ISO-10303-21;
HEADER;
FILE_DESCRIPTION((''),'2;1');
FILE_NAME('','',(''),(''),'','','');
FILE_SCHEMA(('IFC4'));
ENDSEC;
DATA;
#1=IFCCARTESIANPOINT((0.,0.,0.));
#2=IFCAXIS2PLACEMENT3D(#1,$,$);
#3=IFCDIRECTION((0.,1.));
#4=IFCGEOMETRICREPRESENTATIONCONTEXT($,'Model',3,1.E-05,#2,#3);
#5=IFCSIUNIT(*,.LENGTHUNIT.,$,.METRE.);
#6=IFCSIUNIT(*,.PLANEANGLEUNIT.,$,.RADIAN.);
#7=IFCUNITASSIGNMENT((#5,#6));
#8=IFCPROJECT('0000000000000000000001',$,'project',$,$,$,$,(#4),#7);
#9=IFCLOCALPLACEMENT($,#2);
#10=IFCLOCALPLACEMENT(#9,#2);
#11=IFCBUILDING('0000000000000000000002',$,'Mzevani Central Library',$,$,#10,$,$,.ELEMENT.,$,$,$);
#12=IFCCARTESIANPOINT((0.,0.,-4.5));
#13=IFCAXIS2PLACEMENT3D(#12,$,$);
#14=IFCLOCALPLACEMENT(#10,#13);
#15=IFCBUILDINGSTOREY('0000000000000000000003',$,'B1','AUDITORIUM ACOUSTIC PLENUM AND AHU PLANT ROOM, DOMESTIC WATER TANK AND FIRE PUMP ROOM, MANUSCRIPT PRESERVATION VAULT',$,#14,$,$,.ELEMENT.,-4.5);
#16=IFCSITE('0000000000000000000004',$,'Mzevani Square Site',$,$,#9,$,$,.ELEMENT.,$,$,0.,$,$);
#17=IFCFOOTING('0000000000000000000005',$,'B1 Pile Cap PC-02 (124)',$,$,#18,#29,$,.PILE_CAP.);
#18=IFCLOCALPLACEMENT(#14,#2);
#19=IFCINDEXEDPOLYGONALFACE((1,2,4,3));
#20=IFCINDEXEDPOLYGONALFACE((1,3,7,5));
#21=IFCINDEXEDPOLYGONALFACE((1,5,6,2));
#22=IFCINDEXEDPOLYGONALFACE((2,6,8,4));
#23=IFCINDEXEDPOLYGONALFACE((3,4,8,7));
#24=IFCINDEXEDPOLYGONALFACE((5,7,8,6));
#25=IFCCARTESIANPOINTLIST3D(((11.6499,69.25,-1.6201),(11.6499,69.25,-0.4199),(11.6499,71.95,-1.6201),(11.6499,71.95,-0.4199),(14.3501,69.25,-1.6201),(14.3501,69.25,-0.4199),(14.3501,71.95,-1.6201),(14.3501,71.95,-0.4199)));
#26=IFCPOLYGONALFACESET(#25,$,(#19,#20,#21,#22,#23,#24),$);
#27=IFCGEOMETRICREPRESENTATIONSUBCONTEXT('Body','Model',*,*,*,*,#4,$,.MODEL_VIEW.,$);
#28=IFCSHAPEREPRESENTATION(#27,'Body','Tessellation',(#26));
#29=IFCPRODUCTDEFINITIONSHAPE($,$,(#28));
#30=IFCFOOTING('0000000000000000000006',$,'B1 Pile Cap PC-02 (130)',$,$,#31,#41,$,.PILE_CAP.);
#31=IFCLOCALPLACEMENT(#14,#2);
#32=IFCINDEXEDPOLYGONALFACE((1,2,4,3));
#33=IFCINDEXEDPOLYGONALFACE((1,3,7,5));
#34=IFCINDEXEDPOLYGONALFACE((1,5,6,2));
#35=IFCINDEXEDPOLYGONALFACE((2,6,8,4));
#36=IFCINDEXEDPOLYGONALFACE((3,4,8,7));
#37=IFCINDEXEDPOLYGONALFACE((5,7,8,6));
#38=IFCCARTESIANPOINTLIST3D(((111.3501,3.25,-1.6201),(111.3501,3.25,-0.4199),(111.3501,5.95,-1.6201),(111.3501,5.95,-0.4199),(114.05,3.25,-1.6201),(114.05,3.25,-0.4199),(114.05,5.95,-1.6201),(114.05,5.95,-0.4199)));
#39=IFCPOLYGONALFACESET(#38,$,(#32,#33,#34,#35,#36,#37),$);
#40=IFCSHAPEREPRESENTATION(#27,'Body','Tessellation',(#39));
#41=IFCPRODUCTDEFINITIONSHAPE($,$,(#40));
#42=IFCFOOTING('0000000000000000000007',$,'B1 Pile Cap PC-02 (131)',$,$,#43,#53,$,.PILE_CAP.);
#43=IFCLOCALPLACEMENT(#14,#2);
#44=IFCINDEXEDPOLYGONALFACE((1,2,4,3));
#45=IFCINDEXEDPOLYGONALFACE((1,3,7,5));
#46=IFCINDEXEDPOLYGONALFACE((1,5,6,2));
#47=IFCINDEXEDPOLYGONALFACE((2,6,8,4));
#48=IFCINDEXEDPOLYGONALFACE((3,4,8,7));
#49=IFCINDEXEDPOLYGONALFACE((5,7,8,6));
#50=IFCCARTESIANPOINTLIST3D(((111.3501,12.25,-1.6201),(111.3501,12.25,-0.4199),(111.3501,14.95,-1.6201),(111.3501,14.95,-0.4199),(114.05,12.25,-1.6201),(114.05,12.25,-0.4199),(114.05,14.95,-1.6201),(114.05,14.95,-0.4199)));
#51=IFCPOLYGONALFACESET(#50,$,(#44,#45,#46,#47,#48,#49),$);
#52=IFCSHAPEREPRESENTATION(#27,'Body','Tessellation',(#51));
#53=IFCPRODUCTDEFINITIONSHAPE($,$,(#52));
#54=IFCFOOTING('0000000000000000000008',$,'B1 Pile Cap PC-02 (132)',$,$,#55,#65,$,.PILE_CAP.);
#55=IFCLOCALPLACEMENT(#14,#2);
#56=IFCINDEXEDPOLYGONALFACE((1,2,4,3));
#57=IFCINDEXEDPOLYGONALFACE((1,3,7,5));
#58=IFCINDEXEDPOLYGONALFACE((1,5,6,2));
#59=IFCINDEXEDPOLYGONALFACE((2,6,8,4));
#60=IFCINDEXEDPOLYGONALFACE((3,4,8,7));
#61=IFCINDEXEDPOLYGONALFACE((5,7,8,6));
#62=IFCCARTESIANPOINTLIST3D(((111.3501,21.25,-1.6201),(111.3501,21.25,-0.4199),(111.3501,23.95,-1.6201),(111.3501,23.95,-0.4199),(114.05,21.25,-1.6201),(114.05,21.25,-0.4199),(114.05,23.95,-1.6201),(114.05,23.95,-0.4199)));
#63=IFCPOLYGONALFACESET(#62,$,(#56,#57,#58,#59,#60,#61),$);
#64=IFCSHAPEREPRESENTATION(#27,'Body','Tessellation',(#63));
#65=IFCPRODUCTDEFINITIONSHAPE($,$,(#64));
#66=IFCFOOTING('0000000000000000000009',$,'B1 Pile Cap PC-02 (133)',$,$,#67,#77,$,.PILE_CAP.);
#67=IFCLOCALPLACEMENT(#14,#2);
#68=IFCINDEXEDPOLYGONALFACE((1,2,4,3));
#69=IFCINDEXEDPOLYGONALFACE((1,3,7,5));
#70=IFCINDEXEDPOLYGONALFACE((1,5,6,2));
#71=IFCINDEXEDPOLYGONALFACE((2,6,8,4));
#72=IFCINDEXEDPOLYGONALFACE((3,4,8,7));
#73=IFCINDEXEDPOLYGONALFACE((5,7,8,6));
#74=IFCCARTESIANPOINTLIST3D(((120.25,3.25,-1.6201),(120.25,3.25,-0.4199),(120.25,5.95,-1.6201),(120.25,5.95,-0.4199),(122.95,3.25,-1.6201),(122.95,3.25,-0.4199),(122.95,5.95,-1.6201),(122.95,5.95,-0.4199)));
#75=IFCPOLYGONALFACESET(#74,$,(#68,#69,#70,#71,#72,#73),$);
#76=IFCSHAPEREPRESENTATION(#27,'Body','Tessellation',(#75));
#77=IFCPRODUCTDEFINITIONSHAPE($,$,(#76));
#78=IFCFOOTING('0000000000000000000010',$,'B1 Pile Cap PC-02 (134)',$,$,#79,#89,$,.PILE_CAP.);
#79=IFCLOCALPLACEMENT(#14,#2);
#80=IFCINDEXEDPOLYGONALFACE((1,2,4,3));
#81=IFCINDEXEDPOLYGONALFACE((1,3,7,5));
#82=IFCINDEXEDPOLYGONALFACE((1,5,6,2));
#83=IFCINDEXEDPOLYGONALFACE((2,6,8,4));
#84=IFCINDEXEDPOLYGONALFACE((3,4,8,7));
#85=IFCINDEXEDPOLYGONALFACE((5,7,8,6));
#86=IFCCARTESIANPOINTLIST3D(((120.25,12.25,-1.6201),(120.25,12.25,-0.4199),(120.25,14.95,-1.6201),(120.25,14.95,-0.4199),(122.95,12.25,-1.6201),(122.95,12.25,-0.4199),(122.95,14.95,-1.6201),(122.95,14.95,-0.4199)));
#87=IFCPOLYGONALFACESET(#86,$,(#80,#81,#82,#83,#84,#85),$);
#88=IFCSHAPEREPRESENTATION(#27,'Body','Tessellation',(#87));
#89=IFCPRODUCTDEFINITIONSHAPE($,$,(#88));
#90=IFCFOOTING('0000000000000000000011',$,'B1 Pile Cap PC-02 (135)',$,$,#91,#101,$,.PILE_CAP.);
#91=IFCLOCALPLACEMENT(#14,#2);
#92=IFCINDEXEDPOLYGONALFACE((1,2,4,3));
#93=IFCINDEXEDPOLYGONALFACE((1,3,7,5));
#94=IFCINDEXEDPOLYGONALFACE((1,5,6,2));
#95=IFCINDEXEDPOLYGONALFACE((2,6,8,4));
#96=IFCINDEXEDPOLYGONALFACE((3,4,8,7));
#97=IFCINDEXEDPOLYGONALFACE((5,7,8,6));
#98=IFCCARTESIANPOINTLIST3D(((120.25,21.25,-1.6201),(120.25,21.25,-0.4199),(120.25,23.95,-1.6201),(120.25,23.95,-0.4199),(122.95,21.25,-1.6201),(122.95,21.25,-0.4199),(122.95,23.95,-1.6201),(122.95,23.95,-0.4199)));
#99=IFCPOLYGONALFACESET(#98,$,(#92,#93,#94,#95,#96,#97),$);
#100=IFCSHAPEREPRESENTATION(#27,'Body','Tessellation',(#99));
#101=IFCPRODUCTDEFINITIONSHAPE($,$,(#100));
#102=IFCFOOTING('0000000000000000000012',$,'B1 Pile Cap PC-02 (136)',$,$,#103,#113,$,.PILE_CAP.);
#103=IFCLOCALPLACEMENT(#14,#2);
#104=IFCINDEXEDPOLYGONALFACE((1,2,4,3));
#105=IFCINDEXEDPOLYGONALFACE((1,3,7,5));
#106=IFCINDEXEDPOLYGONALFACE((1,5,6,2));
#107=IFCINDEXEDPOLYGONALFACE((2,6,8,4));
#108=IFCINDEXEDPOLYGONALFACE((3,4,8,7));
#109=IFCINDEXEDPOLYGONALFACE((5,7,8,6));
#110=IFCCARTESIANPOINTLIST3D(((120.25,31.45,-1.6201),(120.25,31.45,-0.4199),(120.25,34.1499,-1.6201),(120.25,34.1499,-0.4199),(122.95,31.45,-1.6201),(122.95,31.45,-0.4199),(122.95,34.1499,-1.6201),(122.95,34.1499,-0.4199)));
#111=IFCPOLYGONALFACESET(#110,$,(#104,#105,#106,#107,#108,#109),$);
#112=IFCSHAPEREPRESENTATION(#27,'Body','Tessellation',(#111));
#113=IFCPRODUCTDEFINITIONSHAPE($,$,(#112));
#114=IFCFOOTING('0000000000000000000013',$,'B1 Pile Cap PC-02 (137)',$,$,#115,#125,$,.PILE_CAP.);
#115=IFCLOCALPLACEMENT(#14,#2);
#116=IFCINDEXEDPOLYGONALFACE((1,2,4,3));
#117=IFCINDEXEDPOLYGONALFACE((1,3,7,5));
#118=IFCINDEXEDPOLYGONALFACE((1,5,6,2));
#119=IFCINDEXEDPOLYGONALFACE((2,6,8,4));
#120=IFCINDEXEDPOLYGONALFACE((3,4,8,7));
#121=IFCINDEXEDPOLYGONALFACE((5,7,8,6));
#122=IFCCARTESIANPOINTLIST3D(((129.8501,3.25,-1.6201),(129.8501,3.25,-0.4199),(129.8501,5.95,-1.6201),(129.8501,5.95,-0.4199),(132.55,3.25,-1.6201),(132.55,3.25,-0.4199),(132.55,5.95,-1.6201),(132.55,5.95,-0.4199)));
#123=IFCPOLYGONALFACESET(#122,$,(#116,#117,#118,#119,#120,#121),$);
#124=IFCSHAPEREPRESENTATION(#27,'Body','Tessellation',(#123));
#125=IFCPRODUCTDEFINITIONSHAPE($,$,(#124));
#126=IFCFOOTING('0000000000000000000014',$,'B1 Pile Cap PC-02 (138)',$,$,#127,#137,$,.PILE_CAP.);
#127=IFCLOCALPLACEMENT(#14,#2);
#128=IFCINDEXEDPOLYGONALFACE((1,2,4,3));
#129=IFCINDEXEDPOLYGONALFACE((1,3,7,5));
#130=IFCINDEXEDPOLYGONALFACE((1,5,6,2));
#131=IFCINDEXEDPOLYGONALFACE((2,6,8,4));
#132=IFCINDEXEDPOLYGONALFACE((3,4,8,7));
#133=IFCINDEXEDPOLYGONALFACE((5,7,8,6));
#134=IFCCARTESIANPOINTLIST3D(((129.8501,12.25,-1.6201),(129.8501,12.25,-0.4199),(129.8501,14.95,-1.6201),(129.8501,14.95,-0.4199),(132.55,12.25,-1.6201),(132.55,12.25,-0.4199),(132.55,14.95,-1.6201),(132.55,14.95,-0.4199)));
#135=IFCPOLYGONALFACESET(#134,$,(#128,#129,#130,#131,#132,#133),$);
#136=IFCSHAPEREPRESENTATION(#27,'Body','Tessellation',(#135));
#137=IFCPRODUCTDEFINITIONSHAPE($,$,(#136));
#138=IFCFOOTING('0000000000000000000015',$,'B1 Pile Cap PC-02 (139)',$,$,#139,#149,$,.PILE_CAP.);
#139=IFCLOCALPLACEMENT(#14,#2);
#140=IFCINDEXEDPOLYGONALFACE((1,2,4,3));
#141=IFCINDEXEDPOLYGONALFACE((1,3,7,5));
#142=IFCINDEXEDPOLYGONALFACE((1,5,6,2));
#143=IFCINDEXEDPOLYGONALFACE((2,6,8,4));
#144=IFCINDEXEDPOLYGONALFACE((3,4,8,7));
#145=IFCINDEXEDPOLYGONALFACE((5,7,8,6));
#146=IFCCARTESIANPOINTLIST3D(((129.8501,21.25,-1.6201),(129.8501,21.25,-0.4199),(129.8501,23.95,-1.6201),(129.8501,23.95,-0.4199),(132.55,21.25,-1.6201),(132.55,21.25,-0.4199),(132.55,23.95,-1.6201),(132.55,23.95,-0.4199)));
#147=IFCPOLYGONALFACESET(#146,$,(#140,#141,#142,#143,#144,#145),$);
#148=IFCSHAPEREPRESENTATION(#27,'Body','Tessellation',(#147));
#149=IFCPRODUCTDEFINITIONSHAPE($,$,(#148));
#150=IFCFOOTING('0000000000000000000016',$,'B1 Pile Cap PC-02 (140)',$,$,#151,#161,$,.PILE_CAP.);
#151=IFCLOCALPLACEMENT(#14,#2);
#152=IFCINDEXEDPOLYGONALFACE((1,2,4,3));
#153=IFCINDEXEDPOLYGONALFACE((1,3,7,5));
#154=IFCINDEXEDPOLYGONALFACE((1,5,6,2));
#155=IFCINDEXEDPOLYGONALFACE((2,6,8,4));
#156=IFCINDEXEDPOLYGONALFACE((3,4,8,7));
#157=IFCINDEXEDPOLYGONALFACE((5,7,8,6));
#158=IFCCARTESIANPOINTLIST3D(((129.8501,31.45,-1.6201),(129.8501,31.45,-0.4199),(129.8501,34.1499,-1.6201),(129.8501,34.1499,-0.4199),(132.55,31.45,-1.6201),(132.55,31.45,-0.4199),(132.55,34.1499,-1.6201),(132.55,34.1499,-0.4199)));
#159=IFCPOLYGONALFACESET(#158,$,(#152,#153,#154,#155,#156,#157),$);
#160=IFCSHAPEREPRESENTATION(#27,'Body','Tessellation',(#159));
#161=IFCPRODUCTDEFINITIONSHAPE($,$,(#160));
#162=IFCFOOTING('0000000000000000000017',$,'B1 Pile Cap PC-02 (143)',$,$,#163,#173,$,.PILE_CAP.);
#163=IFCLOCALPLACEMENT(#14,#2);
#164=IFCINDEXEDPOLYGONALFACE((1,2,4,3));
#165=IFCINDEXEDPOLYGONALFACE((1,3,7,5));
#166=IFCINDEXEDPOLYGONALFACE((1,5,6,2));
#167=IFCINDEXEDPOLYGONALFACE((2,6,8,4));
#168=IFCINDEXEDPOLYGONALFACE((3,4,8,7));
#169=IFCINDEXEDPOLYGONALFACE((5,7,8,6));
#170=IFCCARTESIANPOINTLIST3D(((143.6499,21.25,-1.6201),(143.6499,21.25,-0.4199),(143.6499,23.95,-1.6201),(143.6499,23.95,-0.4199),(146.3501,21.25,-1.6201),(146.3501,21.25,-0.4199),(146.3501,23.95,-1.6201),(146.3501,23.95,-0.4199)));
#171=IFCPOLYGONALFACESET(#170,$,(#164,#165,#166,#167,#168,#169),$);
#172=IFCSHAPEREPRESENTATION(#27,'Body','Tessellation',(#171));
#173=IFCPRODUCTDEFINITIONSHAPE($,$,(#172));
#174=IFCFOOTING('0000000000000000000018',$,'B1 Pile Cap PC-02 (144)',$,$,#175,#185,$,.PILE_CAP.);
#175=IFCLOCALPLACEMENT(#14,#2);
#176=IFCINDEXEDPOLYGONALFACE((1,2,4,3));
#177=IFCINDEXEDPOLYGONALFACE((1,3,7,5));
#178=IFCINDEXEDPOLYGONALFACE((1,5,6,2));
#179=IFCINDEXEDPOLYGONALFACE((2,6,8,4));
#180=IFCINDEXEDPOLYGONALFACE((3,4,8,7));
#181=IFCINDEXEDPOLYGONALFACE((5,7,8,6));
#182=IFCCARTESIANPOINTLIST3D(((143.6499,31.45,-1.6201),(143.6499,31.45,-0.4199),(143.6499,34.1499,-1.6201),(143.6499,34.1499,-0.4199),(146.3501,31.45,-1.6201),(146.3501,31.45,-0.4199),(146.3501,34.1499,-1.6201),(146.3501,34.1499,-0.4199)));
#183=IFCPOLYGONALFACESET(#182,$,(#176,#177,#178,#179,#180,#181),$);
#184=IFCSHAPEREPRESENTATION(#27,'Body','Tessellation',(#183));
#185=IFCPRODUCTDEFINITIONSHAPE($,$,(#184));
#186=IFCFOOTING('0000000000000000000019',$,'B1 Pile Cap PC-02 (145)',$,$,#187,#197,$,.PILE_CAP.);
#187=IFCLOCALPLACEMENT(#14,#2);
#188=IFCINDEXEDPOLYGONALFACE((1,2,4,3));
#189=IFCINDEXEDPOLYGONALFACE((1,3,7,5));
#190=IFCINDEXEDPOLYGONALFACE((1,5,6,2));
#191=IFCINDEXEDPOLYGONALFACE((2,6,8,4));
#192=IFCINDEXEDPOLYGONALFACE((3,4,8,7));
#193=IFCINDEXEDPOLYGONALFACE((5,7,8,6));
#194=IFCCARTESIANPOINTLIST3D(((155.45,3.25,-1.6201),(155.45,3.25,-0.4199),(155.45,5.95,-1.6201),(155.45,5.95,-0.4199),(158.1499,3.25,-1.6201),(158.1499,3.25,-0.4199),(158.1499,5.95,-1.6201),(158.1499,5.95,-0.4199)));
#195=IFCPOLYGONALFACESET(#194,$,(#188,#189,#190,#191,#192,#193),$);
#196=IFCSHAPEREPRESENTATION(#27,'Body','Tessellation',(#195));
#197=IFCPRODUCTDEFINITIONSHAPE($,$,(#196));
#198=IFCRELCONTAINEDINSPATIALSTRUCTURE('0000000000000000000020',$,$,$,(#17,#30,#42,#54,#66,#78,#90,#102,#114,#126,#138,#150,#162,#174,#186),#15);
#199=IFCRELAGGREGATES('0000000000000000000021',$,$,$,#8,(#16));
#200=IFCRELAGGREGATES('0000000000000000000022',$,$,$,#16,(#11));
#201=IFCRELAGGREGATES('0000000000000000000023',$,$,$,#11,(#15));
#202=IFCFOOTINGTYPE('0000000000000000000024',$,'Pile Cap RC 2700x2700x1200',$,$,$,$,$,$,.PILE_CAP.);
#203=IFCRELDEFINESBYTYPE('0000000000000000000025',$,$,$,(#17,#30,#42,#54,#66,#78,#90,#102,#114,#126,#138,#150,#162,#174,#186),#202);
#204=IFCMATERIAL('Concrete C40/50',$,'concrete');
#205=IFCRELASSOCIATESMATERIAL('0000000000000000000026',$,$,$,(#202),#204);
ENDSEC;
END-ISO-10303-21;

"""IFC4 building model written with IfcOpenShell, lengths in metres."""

from ifc_helpers import new_model, si_unit, direction, frame, origin, place, context, subcontext, project, spatial, polyline, outline, extrude, material, type_object, element, save


model = new_model("IFC4")

# Units and contexts
model_context = context("Model", 3, precision=1e-05, world=origin(), true_north=direction((0.0, 1.0)))
body_context = subcontext(model_context, "Body", "Model", "MODEL_VIEW")
ifc_project = project(units=[si_unit("LENGTHUNIT", "METRE"), si_unit("PLANEANGLEUNIT", "RADIAN")], contexts=[model_context])

# Site, building, storey
site_placement = place(None, origin())
site = spatial("IfcSite", under=ifc_project, at=site_placement, Name="Mzevani Square Site", CompositionType="ELEMENT", RefElevation=0.0)
building_placement = place(site_placement, origin())
building = spatial("IfcBuilding", under=site, at=building_placement, Name="Mzevani Central Library", CompositionType="ELEMENT")
storey_placement = place(building_placement, frame((0.0, 0.0, -4.5)))
storey = spatial("IfcBuildingStorey", under=building, at=storey_placement, Name="B1", Description="AUDITORIUM ACOUSTIC PLENUM AND AHU PLANT ROOM, DOMESTIC WATER TANK AND FIRE PUMP ROOM, MANUSCRIPT PRESERVATION VAULT", CompositionType="ELEMENT", Elevation=-4.5)

# Footings
ifc_material = material(Name="Concrete C40/50", Category="concrete")
footing_type = type_object("IfcFootingType", Name="Pile Cap RC 2700x2700x1200", PredefinedType="PILE_CAP", material=ifc_material)
footing_1_placement = place(storey_placement, frame((0.0, 0.0, -1.6201)))
element("IfcFooting", 1, at=footing_1_placement, inside=storey, type_object=footing_type, Name="B1 Pile Cap PC-02 (124)", PredefinedType="PILE_CAP", context=body_context, shape_type="SweptSolid", body=[
    extrude(outline(polyline([(11.6499, 69.25), (14.3501, 69.25), (14.3501, 71.95), (11.6499, 71.95), (11.6499, 69.25)])), origin(), (0.0, 0.0, 1.0), 1.2002),
])
footing_2_placement = place(storey_placement, frame((0.0, 0.0, -1.6201)))
element("IfcFooting", 2, at=footing_2_placement, inside=storey, type_object=footing_type, Name="B1 Pile Cap PC-02 (130)", PredefinedType="PILE_CAP", context=body_context, shape_type="SweptSolid", body=[
    extrude(outline(polyline([(111.3501, 3.25), (114.05, 3.25), (114.05, 5.95), (111.3501, 5.95), (111.3501, 3.25)])), origin(), (0.0, 0.0, 1.0), 1.2002),
])
footing_3_placement = place(storey_placement, frame((0.0, 0.0, -1.6201)))
element("IfcFooting", 3, at=footing_3_placement, inside=storey, type_object=footing_type, Name="B1 Pile Cap PC-02 (131)", PredefinedType="PILE_CAP", context=body_context, shape_type="SweptSolid", body=[
    extrude(outline(polyline([(111.3501, 12.25), (114.05, 12.25), (114.05, 14.95), (111.3501, 14.95), (111.3501, 12.25)])), origin(), (0.0, 0.0, 1.0), 1.2002),
])
footing_4_placement = place(storey_placement, frame((0.0, 0.0, -1.6201)))
element("IfcFooting", 4, at=footing_4_placement, inside=storey, type_object=footing_type, Name="B1 Pile Cap PC-02 (132)", PredefinedType="PILE_CAP", context=body_context, shape_type="SweptSolid", body=[
    extrude(outline(polyline([(111.3501, 21.25), (114.05, 21.25), (114.05, 23.95), (111.3501, 23.95), (111.3501, 21.25)])), origin(), (0.0, 0.0, 1.0), 1.2002),
])
footing_5_placement = place(storey_placement, frame((0.0, 0.0, -1.6201)))
element("IfcFooting", 5, at=footing_5_placement, inside=storey, type_object=footing_type, Name="B1 Pile Cap PC-02 (133)", PredefinedType="PILE_CAP", context=body_context, shape_type="SweptSolid", body=[
    extrude(outline(polyline([(120.25, 3.25), (122.95, 3.25), (122.95, 5.95), (120.25, 5.95), (120.25, 3.25)])), origin(), (0.0, 0.0, 1.0), 1.2002),
])
footing_6_placement = place(storey_placement, frame((0.0, 0.0, -1.6201)))
element("IfcFooting", 6, at=footing_6_placement, inside=storey, type_object=footing_type, Name="B1 Pile Cap PC-02 (134)", PredefinedType="PILE_CAP", context=body_context, shape_type="SweptSolid", body=[
    extrude(outline(polyline([(120.25, 12.25), (122.95, 12.25), (122.95, 14.95), (120.25, 14.95), (120.25, 12.25)])), origin(), (0.0, 0.0, 1.0), 1.2002),
])
footing_7_placement = place(storey_placement, frame((0.0, 0.0, -1.6201)))
element("IfcFooting", 7, at=footing_7_placement, inside=storey, type_object=footing_type, Name="B1 Pile Cap PC-02 (135)", PredefinedType="PILE_CAP", context=body_context, shape_type="SweptSolid", body=[
    extrude(outline(polyline([(120.25, 21.25), (122.95, 21.25), (122.95, 23.95), (120.25, 23.95), (120.25, 21.25)])), origin(), (0.0, 0.0, 1.0), 1.2002),
])
footing_8_placement = place(storey_placement, frame((0.0, 0.0, -1.6201)))
element("IfcFooting", 8, at=footing_8_placement, inside=storey, type_object=footing_type, Name="B1 Pile Cap PC-02 (136)", PredefinedType="PILE_CAP", context=body_context, shape_type="SweptSolid", body=[
    extrude(outline(polyline([(120.25, 31.45), (122.95, 31.45), (122.95, 34.1499), (120.25, 34.1499), (120.25, 31.45)])), origin(), (0.0, 0.0, 1.0), 1.2002),
])
footing_9_placement = place(storey_placement, frame((0.0, 0.0, -1.6201)))
element("IfcFooting", 9, at=footing_9_placement, inside=storey, type_object=footing_type, Name="B1 Pile Cap PC-02 (137)", PredefinedType="PILE_CAP", context=body_context, shape_type="SweptSolid", body=[
    extrude(outline(polyline([(129.8501, 3.25), (132.55, 3.25), (132.55, 5.95), (129.8501, 5.95), (129.8501, 3.25)])), origin(), (0.0, 0.0, 1.0), 1.2002),
])
footing_10_placement = place(storey_placement, frame((0.0, 0.0, -1.6201)))
element("IfcFooting", 10, at=footing_10_placement, inside=storey, type_object=footing_type, Name="B1 Pile Cap PC-02 (138)", PredefinedType="PILE_CAP", context=body_context, shape_type="SweptSolid", body=[
    extrude(outline(polyline([(129.8501, 12.25), (132.55, 12.25), (132.55, 14.95), (129.8501, 14.95), (129.8501, 12.25)])), origin(), (0.0, 0.0, 1.0), 1.2002),
])
footing_11_placement = place(storey_placement, frame((0.0, 0.0, -1.6201)))
element("IfcFooting", 11, at=footing_11_placement, inside=storey, type_object=footing_type, Name="B1 Pile Cap PC-02 (139)", PredefinedType="PILE_CAP", context=body_context, shape_type="SweptSolid", body=[
    extrude(outline(polyline([(129.8501, 21.25), (132.55, 21.25), (132.55, 23.95), (129.8501, 23.95), (129.8501, 21.25)])), origin(), (0.0, 0.0, 1.0), 1.2002),
])
footing_12_placement = place(storey_placement, frame((0.0, 0.0, -1.6201)))
element("IfcFooting", 12, at=footing_12_placement, inside=storey, type_object=footing_type, Name="B1 Pile Cap PC-02 (140)", PredefinedType="PILE_CAP", context=body_context, shape_type="SweptSolid", body=[
    extrude(outline(polyline([(129.8501, 31.45), (132.55, 31.45), (132.55, 34.1499), (129.8501, 34.1499), (129.8501, 31.45)])), origin(), (0.0, 0.0, 1.0), 1.2002),
])
footing_13_placement = place(storey_placement, frame((0.0, 0.0, -1.6201)))
element("IfcFooting", 13, at=footing_13_placement, inside=storey, type_object=footing_type, Name="B1 Pile Cap PC-02 (143)", PredefinedType="PILE_CAP", context=body_context, shape_type="SweptSolid", body=[
    extrude(outline(polyline([(143.6499, 21.25), (146.3501, 21.25), (146.3501, 23.95), (143.6499, 23.95), (143.6499, 21.25)])), origin(), (0.0, 0.0, 1.0), 1.2002),
])
footing_14_placement = place(storey_placement, frame((0.0, 0.0, -1.6201)))
element("IfcFooting", 14, at=footing_14_placement, inside=storey, type_object=footing_type, Name="B1 Pile Cap PC-02 (144)", PredefinedType="PILE_CAP", context=body_context, shape_type="SweptSolid", body=[
    extrude(outline(polyline([(143.6499, 31.45), (146.3501, 31.45), (146.3501, 34.1499), (143.6499, 34.1499), (143.6499, 31.45)])), origin(), (0.0, 0.0, 1.0), 1.2002),
])
footing_15_placement = place(storey_placement, frame((0.0, 0.0, -1.6201)))
element("IfcFooting", 15, at=footing_15_placement, inside=storey, type_object=footing_type, Name="B1 Pile Cap PC-02 (145)", PredefinedType="PILE_CAP", context=body_context, shape_type="SweptSolid", body=[
    extrude(outline(polyline([(155.45, 3.25), (158.1499, 3.25), (158.1499, 5.95), (155.45, 5.95), (155.45, 3.25)])), origin(), (0.0, 0.0, 1.0), 1.2002),
])

save(model, "model.ifc")
